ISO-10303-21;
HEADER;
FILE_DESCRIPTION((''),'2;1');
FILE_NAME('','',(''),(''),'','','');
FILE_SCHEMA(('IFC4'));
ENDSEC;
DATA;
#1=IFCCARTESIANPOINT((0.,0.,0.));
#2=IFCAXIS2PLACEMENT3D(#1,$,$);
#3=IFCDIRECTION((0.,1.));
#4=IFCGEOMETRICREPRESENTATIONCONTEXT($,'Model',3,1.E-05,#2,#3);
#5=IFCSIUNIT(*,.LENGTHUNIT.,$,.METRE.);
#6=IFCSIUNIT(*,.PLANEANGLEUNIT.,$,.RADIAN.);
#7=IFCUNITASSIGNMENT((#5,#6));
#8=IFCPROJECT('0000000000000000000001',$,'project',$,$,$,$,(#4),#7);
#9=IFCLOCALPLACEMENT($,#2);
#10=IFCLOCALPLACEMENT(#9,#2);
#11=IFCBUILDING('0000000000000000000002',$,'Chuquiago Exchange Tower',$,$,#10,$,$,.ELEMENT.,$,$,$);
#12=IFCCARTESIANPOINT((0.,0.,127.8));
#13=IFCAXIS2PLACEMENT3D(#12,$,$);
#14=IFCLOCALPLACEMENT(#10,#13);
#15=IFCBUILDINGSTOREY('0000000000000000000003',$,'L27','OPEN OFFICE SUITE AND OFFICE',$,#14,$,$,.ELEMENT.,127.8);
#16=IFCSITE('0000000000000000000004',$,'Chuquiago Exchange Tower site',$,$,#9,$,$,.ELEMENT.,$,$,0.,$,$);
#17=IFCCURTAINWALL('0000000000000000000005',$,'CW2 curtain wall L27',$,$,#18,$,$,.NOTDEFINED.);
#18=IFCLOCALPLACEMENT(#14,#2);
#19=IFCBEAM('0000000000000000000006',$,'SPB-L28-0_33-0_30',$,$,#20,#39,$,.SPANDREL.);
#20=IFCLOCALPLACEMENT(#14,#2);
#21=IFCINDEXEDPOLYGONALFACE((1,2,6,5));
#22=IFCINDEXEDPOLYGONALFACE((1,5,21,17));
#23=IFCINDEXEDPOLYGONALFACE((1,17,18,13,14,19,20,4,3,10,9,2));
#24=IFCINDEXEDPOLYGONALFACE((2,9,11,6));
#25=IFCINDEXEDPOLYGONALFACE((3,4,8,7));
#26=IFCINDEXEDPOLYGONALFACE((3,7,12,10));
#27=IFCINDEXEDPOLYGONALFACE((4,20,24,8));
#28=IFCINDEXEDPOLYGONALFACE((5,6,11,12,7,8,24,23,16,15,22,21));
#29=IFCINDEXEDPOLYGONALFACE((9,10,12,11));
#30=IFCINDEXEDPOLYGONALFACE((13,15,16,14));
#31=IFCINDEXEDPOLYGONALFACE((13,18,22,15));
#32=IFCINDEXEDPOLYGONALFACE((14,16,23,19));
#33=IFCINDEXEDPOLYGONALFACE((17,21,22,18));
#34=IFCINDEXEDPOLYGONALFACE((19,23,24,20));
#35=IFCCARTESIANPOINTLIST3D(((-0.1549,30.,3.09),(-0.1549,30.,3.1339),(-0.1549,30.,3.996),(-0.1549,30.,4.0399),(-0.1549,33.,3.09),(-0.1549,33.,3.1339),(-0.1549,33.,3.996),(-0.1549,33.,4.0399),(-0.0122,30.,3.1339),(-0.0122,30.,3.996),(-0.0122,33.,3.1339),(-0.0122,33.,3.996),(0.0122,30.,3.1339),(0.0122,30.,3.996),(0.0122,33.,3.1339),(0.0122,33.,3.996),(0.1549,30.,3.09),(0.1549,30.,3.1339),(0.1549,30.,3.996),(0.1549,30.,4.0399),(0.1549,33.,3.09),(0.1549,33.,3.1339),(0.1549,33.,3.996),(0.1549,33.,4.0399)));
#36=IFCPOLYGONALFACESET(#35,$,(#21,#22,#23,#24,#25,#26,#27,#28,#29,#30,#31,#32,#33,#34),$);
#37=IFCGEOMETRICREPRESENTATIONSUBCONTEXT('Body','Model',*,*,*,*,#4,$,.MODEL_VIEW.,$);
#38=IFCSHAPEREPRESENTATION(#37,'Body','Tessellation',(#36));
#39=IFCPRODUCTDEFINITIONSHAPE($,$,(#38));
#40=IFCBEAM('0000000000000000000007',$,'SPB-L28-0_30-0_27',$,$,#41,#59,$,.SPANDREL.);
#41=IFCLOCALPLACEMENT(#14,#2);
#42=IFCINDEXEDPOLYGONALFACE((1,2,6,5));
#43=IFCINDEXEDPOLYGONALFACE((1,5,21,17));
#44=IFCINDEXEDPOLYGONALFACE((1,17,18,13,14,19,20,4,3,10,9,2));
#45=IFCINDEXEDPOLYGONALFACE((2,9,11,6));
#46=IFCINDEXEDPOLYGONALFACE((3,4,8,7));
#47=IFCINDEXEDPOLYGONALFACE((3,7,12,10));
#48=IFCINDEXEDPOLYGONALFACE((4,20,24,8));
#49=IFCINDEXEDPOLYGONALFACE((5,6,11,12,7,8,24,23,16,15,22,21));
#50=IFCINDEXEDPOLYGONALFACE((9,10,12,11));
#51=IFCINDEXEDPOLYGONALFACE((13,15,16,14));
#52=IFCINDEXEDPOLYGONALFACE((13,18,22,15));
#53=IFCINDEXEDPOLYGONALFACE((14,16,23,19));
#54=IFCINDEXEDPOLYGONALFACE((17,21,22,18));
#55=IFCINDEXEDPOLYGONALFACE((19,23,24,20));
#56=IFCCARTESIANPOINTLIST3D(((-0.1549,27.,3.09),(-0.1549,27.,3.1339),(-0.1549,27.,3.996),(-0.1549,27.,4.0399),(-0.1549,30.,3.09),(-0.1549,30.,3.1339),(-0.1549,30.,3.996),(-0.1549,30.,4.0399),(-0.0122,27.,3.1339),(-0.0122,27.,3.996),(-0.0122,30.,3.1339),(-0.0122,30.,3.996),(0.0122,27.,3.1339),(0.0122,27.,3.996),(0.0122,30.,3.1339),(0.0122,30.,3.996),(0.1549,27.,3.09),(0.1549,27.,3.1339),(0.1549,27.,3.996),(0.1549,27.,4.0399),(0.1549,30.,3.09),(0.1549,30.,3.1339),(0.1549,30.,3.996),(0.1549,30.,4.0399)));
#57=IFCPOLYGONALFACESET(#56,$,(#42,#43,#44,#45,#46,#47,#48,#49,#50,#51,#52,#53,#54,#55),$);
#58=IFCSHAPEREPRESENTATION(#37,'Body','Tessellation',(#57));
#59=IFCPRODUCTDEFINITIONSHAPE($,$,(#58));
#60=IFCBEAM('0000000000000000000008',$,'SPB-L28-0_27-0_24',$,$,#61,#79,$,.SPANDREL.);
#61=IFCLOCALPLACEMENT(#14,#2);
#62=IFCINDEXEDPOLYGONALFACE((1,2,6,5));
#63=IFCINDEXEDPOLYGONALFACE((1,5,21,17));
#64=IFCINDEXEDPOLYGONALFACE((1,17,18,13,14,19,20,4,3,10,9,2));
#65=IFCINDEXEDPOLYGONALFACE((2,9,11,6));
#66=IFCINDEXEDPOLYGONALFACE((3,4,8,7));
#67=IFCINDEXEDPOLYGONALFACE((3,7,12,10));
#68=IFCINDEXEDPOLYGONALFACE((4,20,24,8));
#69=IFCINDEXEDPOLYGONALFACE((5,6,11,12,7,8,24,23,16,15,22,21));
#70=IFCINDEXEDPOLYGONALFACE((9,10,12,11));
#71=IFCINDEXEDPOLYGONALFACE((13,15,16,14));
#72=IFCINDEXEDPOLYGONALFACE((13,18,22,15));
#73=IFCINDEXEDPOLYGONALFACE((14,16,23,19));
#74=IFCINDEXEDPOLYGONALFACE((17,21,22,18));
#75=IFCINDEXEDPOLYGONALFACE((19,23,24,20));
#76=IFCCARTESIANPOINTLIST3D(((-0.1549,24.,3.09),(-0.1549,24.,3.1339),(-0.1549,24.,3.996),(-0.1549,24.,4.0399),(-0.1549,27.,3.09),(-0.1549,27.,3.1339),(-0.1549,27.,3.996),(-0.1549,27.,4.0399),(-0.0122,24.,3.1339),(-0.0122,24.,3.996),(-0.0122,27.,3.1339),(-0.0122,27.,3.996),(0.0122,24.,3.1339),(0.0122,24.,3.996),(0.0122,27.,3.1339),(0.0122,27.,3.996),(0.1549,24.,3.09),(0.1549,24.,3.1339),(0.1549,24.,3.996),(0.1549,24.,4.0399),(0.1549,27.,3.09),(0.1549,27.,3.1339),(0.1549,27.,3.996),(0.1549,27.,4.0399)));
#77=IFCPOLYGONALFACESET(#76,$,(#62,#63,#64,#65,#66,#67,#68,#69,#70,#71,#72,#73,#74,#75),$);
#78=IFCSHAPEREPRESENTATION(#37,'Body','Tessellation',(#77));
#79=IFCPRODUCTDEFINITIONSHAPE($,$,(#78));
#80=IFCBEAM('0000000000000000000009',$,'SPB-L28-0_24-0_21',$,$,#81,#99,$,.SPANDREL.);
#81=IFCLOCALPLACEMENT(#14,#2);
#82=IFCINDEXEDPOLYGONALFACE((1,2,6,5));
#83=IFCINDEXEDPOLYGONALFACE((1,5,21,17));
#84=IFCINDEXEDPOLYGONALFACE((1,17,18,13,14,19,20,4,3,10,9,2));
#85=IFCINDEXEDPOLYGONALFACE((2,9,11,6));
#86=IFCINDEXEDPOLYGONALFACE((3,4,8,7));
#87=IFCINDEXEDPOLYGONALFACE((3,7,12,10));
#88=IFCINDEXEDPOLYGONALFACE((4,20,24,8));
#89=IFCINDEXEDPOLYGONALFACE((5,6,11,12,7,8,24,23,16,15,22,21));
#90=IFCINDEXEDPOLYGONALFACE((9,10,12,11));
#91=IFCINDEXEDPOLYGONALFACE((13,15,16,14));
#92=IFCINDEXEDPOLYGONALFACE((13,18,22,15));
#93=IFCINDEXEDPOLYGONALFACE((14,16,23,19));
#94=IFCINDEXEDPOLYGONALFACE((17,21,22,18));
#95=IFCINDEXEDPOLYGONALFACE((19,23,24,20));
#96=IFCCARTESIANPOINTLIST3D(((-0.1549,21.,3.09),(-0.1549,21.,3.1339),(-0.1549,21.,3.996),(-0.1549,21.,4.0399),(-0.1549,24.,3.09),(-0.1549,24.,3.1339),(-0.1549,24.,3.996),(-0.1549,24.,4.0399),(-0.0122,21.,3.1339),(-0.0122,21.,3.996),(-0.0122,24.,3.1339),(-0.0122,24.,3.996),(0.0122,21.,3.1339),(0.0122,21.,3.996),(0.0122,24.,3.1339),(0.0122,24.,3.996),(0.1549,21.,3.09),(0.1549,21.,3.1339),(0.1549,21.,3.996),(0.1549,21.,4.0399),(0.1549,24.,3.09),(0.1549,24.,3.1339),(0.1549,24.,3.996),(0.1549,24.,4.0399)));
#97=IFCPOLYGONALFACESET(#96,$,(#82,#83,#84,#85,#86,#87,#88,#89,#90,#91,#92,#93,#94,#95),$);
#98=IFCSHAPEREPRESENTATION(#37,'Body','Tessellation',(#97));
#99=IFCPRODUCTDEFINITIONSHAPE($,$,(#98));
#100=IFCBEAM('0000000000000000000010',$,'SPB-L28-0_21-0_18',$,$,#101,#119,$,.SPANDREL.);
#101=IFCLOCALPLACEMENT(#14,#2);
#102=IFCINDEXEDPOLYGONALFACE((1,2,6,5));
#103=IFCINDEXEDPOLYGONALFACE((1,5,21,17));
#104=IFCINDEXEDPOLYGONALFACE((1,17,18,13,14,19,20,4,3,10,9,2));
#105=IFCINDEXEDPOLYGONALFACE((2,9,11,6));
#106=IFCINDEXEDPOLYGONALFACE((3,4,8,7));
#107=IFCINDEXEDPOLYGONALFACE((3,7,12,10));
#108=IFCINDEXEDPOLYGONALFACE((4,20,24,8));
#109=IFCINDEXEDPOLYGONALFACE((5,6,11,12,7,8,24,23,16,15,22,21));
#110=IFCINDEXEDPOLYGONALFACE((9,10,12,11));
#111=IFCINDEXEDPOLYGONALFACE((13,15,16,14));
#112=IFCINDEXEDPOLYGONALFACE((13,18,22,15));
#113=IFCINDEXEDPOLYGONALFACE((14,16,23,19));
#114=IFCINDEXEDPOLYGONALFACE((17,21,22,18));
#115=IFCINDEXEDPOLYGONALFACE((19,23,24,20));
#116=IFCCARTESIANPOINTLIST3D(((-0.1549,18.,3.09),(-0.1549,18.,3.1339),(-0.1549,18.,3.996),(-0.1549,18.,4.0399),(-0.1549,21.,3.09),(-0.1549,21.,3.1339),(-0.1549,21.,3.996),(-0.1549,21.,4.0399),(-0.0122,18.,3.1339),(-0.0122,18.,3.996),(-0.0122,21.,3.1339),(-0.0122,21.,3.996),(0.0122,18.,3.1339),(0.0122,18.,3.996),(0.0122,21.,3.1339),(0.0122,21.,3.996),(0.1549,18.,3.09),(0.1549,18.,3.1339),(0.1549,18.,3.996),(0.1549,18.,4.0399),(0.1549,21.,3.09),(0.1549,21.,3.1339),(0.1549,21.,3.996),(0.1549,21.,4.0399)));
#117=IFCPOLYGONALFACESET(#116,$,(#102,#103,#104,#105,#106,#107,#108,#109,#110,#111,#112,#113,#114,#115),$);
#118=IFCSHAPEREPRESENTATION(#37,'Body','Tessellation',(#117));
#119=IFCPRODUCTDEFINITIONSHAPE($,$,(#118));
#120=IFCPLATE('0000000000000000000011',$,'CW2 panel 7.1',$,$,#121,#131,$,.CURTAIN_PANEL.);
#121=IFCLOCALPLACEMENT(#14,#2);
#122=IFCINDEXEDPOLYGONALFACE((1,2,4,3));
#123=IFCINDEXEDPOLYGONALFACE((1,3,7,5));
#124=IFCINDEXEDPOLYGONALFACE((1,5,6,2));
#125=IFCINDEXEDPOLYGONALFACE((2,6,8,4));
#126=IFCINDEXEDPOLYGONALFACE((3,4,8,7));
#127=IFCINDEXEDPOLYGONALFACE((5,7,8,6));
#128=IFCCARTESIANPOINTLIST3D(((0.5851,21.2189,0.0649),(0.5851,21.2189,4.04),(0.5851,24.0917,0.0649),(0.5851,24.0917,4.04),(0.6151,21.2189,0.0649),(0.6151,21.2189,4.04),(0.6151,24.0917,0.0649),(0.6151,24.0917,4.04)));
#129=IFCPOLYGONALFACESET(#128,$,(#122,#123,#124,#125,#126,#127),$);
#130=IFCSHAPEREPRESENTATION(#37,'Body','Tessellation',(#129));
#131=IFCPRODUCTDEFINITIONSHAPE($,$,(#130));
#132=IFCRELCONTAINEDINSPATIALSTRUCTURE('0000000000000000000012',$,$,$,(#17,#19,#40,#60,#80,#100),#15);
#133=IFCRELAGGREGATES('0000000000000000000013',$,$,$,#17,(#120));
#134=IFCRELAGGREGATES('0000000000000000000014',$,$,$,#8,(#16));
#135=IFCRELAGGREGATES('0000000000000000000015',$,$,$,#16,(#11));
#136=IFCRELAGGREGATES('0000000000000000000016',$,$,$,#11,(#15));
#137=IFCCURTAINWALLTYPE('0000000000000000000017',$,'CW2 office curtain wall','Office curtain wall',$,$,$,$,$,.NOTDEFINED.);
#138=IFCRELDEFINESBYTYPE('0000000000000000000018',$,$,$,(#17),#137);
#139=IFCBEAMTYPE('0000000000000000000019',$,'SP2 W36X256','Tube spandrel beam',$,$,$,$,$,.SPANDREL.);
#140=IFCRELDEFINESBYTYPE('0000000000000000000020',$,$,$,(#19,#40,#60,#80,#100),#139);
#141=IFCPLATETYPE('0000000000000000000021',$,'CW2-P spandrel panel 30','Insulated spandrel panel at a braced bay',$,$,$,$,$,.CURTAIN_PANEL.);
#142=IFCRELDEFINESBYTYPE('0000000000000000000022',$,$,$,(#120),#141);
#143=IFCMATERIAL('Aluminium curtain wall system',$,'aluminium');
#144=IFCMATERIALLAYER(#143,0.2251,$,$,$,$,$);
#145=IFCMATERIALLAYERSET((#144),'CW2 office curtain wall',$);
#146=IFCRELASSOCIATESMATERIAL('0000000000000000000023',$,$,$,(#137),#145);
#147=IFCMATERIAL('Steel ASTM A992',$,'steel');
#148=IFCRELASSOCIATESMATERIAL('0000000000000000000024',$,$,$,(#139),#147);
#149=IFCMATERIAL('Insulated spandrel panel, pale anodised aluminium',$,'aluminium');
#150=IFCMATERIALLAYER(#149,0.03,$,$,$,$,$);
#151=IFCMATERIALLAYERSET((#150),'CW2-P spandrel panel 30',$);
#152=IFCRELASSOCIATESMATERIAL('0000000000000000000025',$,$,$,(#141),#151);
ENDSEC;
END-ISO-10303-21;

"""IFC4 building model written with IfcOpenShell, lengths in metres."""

from ifc_helpers import new_model, si_unit, direction, frame, origin, origin_2d, place, context, subcontext, project, spatial, rectangle, i_section, extrude, material, layer, layer_set, material_profile, profile_set, type_object, element, aggregate, save


model = new_model("IFC4")

# Units and contexts
model_context = context("Model", 3, precision=1e-05, world=origin(), true_north=direction((0.0, 1.0)))
body_context = subcontext(model_context, "Body", "Model", "MODEL_VIEW")
ifc_project = project(units=[si_unit("LENGTHUNIT", "METRE"), si_unit("PLANEANGLEUNIT", "RADIAN")], contexts=[model_context])

# Site, building, storey
site_placement = place(None, origin())
site = spatial("IfcSite", under=ifc_project, at=site_placement, Name="Chuquiago Exchange Tower site", CompositionType="ELEMENT", RefElevation=0.0)
building_placement = place(site_placement, origin())
building = spatial("IfcBuilding", under=site, at=building_placement, Name="Chuquiago Exchange Tower", CompositionType="ELEMENT")
storey_placement = place(building_placement, frame((0.0, 0.0, 127.8)))
storey = spatial("IfcBuildingStorey", under=building, at=storey_placement, Name="L27", Description="OPEN OFFICE SUITE AND OFFICE", CompositionType="ELEMENT", Elevation=127.8)

# Curtain wall
ifc_material_1 = material(Name="Aluminium curtain wall system", Category="aluminium")
ifc_layer_1 = layer(ifc_material_1, 0.2251)
ifc_layer_set_1 = layer_set([ifc_layer_1], Name="CW2 office curtain wall")
curtain_wall_type = type_object("IfcCurtainWallType", Name="CW2 office curtain wall", Description="Office curtain wall", PredefinedType="NOTDEFINED", material=ifc_layer_set_1)
curtain_wall_placement = place(storey_placement, origin())
curtain_wall = element("IfcCurtainWall", 1, at=curtain_wall_placement, inside=storey, type_object=curtain_wall_type, Name="CW2 curtain wall L27", PredefinedType="NOTDEFINED")

# Beams
ifc_material_2 = material(Name="Steel ASTM A992", Category="steel")
ifc_material_profile_1 = material_profile(ifc_material_2, i_section(OverallWidth=0.3098, OverallDepth=0.95, WebThickness=0.0244, FlangeThickness=0.0439, at=origin_2d()), Name="W36X256")
ifc_profile_set_1 = profile_set([ifc_material_profile_1], Name="Steel ASTM A992")
beam_type = type_object("IfcBeamType", Name="SP2 W36X256", Description="Tube spandrel beam", PredefinedType="SPANDREL", material=ifc_profile_set_1)
for number, where, z_axis, x_axis, name in (
    (2, (0.0, 33.0, 3.5649), (0.0, -1.0, 0.0), (1.0, 0.0, 0.0), "SPB-L28-0_33-0_30"),
    (3, (0.0, 30.0, 3.5649), (0.0, -1.0, 0.0), (1.0, 0.0, 0.0), "SPB-L28-0_30-0_27"),
    (4, (0.0, 27.0, 3.5649), (0.0, -1.0, 0.0), (1.0, 0.0, 0.0), "SPB-L28-0_27-0_24"),
    (5, (0.0, 24.0, 3.5649), (0.0, -1.0, 0.0), (1.0, 0.0, 0.0), "SPB-L28-0_24-0_21"),
    (6, (0.0, 21.0, 3.5649), (0.0, -1.0, 0.0), (1.0, 0.0, 0.0), "SPB-L28-0_21-0_18"),
):
    element("IfcBeam", number, at=place(storey_placement, frame(where, z_axis=z_axis, x_axis=x_axis)), inside=storey, type_object=beam_type, Name=name, PredefinedType="SPANDREL", context=body_context, shape_type="SweptSolid", body=[
        extrude(i_section(OverallWidth=0.3098, OverallDepth=0.95, WebThickness=0.0244, FlangeThickness=0.0439, at=origin_2d()), origin(), (0.0, 0.0, 1.0), 3.0),
    ])

# Plate
ifc_material_3 = material(Name="Insulated spandrel panel, pale anodised aluminium", Category="aluminium")
ifc_layer_2 = layer(ifc_material_3, 0.03)
ifc_layer_set_2 = layer_set([ifc_layer_2], Name="CW2-P spandrel panel 30")
plate_type = type_object("IfcPlateType", Name="CW2-P spandrel panel 30", Description="Insulated spandrel panel at a braced bay", PredefinedType="CURTAIN_PANEL", material=ifc_layer_set_2)
plate_placement = place(storey_placement, frame((0.6001, 22.6553, 0.0649), z_axis=(0.0, 0.0, 1.0), x_axis=(0.0, -1.0, 0.0)))
plate = element("IfcPlate", 7, at=plate_placement, type_object=plate_type, Name="CW2 panel 7.1", PredefinedType="CURTAIN_PANEL", context=body_context, shape_type="SweptSolid", body=[
    extrude(rectangle(XDim=2.8728, YDim=0.03, at=origin_2d()), origin(), (0.0, 0.0, 1.0), 3.9751),
])
aggregate(curtain_wall, [plate])

save(model, "model.ifc")
